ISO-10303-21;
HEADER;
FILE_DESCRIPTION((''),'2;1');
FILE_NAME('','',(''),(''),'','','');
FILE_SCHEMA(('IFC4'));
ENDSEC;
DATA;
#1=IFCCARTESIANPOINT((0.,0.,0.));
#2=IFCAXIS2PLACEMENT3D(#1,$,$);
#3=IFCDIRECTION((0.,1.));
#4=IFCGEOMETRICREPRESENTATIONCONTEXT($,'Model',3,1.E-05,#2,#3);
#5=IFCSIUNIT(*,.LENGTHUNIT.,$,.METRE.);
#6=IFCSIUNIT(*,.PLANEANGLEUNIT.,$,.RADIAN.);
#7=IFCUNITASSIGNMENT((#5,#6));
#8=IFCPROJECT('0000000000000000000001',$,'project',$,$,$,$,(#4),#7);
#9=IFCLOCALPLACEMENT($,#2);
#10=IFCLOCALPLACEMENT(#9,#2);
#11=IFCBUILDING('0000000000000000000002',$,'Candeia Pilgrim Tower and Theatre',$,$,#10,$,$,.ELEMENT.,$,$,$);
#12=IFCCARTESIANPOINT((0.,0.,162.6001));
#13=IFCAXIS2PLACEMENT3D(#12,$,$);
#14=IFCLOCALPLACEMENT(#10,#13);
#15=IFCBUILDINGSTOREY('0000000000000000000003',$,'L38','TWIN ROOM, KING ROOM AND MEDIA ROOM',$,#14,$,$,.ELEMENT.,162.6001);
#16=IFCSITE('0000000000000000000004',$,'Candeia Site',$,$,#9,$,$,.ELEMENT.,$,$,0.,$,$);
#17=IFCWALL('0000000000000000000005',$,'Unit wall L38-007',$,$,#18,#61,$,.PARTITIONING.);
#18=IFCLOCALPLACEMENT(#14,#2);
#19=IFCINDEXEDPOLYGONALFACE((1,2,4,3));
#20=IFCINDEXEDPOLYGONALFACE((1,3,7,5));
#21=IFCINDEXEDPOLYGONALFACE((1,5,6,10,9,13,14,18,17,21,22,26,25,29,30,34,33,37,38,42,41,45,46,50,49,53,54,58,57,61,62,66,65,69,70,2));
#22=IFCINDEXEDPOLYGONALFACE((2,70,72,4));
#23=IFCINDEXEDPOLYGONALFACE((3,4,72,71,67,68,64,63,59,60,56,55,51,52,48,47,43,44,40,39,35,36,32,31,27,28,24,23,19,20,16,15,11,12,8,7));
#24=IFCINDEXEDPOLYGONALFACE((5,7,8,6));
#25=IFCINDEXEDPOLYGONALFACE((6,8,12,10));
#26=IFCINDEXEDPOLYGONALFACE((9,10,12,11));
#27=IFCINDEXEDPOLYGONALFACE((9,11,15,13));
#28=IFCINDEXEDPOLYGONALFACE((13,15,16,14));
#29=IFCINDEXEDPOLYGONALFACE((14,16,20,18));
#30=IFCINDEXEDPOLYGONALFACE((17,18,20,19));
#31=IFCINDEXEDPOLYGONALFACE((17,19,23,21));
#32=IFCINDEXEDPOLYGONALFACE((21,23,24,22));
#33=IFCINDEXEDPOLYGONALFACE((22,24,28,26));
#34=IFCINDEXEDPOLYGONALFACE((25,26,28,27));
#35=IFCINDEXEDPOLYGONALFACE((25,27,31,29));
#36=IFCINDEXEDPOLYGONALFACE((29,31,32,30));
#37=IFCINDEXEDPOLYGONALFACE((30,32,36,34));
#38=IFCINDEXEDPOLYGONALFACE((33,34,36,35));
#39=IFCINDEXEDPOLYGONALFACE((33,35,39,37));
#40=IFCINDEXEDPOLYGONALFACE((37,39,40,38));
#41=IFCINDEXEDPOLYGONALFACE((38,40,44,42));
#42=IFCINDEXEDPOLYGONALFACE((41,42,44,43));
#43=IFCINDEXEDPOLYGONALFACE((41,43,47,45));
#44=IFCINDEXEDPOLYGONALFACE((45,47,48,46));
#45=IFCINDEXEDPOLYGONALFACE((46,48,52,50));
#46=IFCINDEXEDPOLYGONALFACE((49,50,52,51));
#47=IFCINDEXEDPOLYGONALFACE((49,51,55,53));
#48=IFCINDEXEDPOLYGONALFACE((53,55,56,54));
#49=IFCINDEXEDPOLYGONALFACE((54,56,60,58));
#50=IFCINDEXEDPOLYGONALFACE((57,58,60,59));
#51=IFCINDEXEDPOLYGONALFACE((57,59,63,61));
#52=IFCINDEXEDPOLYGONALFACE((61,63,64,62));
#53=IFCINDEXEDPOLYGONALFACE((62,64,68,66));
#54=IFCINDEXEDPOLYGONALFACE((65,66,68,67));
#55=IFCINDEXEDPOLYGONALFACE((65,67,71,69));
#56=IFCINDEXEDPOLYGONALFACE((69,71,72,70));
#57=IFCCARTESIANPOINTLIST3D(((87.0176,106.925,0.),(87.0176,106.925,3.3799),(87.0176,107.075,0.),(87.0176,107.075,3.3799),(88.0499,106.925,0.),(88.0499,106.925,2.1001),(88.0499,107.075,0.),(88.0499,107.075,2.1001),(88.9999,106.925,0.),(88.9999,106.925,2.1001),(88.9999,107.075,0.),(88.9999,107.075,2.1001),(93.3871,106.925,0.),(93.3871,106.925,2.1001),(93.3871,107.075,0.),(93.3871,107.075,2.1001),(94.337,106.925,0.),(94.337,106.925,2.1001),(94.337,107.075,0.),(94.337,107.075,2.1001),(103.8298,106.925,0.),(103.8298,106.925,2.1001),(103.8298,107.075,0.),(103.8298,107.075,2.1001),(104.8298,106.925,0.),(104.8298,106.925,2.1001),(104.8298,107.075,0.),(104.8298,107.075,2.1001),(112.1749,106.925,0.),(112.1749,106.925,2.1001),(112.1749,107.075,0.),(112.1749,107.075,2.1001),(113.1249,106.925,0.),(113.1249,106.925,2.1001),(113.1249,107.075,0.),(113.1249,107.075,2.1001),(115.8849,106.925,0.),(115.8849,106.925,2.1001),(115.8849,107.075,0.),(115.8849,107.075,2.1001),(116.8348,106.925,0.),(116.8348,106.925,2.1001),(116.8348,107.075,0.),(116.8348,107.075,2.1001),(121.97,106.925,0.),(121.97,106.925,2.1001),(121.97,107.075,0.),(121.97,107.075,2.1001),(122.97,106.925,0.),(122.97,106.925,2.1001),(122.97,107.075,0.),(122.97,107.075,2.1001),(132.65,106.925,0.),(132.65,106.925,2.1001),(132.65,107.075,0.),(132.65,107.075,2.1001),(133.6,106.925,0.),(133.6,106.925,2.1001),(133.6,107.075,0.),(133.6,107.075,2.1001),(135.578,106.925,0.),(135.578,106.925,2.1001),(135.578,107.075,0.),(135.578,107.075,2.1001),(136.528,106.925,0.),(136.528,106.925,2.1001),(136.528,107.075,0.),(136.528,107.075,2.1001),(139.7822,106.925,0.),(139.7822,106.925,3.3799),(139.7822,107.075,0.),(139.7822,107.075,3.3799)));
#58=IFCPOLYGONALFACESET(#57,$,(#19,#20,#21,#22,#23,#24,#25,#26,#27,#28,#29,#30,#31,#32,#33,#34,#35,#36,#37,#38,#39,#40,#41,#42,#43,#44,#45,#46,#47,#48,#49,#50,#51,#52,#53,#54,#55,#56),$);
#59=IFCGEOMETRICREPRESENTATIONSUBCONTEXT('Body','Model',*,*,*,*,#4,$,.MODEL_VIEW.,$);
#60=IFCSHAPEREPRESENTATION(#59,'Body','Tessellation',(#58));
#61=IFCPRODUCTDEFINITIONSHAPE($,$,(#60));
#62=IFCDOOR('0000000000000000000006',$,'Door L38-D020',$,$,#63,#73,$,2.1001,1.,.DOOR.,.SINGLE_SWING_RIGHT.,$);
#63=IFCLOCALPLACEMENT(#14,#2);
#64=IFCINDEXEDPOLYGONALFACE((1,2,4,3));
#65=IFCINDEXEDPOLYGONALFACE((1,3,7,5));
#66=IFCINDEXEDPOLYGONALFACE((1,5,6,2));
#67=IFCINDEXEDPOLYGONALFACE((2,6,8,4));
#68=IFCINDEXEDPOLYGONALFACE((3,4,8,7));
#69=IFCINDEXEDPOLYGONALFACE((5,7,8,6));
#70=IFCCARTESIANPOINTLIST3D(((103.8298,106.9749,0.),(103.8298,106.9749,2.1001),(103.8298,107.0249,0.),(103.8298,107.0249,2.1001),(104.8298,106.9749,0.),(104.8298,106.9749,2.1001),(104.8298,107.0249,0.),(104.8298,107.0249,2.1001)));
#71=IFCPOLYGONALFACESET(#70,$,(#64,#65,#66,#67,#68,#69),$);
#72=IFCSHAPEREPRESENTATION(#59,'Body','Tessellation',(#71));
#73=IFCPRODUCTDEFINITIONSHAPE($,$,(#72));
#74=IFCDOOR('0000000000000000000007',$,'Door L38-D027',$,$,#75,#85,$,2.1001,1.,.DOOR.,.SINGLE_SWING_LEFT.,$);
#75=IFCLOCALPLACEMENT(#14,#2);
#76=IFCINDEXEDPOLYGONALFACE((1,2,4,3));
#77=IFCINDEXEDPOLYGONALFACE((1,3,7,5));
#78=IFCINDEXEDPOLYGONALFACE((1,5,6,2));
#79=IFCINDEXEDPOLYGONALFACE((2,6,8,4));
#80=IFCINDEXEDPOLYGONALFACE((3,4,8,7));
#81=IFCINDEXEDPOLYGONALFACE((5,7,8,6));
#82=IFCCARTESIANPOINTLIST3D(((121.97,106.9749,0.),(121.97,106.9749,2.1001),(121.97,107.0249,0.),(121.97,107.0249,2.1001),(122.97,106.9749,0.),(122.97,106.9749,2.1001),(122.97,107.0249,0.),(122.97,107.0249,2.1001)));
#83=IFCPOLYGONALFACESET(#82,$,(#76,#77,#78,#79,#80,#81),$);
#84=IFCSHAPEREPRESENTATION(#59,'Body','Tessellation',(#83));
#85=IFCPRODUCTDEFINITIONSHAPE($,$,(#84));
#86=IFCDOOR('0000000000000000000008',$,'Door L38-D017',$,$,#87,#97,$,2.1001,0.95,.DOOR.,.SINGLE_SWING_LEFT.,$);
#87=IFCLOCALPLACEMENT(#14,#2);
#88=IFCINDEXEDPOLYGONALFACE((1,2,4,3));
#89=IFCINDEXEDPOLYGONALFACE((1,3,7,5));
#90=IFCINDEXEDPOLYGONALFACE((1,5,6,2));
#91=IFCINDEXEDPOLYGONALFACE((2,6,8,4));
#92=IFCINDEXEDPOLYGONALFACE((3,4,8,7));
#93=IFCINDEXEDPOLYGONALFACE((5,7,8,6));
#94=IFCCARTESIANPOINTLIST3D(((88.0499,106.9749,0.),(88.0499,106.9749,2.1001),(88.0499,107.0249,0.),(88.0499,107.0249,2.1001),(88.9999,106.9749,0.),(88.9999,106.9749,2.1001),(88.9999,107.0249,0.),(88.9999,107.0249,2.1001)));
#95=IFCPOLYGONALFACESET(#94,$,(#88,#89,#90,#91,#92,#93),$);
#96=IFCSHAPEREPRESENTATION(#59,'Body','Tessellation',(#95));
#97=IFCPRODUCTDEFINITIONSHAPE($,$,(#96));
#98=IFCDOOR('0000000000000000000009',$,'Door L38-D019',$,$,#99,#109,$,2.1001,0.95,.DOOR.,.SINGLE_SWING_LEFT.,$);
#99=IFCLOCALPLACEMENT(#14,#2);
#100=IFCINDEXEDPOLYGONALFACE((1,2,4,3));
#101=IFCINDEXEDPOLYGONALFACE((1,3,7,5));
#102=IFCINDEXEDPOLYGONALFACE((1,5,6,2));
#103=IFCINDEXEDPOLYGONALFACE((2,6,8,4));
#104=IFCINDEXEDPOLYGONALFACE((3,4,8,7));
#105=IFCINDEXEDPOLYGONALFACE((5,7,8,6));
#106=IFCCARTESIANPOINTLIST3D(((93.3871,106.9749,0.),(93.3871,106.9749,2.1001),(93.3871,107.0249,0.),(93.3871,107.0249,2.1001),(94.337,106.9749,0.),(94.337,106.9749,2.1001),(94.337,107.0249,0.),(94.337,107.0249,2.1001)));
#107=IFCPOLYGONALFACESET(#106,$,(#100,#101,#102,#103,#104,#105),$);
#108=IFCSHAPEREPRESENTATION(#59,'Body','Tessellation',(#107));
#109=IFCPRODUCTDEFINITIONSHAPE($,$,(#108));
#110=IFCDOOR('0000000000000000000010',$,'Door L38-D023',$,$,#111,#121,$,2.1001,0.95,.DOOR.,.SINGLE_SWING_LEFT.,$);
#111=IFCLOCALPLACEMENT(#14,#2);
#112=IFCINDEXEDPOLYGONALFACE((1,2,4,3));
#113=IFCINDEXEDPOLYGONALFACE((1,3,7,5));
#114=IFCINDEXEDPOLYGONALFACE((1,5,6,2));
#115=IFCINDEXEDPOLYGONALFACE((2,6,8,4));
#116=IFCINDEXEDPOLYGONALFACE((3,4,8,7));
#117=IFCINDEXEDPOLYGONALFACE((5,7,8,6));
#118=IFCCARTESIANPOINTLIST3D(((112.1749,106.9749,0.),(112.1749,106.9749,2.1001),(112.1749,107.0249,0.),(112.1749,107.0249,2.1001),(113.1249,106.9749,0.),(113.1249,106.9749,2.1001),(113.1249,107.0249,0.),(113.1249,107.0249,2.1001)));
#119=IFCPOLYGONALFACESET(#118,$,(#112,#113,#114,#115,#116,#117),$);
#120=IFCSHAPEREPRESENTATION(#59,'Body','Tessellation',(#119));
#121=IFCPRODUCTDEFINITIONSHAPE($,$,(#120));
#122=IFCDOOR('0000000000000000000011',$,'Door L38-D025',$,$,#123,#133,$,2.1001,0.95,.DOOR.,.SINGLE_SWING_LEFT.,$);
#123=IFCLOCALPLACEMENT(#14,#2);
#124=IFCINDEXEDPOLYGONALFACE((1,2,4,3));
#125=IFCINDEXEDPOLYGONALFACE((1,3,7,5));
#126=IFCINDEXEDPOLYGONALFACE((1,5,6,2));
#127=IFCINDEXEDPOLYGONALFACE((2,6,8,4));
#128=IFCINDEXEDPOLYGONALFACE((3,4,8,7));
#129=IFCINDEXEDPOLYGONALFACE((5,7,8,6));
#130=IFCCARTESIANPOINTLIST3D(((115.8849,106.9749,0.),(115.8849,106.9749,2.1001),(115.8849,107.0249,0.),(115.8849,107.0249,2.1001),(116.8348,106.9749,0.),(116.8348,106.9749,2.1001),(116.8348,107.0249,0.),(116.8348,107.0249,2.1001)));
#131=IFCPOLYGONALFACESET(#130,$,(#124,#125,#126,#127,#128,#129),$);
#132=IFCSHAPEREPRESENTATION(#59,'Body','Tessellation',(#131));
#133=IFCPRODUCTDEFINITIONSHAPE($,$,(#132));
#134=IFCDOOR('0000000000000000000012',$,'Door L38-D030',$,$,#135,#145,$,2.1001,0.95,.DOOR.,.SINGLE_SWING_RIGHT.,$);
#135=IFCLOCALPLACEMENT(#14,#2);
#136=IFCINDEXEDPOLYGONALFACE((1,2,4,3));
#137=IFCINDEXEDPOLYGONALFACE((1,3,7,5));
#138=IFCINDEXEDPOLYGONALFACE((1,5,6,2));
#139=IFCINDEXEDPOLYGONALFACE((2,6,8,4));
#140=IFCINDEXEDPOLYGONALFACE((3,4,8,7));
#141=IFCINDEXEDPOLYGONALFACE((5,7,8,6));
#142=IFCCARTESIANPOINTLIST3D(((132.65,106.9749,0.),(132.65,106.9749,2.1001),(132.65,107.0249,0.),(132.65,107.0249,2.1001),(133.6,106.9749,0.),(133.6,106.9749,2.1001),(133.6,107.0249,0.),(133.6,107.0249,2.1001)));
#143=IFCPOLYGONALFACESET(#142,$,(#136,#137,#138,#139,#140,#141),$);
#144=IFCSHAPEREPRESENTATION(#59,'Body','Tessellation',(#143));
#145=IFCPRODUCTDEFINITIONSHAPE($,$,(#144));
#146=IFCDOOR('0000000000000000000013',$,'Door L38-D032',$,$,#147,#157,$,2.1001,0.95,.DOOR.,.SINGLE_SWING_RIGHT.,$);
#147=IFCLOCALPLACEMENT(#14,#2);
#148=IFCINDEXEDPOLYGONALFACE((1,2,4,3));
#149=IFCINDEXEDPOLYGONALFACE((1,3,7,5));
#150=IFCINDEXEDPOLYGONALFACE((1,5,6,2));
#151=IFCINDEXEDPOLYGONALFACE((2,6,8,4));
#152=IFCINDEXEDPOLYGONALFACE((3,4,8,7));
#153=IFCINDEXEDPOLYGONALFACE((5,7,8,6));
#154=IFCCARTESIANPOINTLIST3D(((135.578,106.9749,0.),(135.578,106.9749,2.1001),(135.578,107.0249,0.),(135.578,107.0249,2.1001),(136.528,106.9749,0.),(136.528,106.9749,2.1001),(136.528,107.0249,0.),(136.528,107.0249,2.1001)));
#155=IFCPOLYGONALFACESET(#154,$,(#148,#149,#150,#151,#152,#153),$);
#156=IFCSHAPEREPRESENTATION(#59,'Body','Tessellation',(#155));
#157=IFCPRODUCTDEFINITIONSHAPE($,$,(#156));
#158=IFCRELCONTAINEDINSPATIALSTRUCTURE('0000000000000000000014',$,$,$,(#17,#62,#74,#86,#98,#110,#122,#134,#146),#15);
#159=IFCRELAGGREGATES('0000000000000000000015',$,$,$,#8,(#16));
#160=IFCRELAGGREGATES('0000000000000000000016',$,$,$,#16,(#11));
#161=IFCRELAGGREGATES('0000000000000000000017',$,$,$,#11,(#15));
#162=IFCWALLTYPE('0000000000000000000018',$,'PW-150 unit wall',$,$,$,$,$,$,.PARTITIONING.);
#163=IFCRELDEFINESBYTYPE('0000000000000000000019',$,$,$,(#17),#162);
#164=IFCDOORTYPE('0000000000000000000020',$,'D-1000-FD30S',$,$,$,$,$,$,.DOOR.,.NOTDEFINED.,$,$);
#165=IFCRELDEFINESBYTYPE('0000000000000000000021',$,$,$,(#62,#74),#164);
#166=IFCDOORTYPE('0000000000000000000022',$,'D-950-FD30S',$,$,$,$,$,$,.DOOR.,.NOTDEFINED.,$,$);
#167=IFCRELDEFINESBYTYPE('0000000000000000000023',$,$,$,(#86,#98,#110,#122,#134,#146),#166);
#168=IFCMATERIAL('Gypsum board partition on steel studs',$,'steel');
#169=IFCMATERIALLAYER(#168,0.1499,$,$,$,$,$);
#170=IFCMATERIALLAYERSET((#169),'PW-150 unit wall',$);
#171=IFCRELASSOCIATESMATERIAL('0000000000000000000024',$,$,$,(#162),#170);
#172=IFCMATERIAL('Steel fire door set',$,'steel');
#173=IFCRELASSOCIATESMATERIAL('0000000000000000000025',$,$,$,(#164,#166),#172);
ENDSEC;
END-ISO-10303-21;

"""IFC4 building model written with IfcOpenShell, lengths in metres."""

from ifc_helpers import new_model, si_unit, direction, frame, frame_2d, origin, place, context, subcontext, project, spatial, rectangle, extrude, material, layer, layer_set, type_object, element, fill, save


model = new_model("IFC4")

# Units and contexts
model_context = context("Model", 3, precision=1e-05, world=origin(), true_north=direction((0.0, 1.0)))
body_context = subcontext(model_context, "Body", "Model", "MODEL_VIEW")
ifc_project = project(units=[si_unit("LENGTHUNIT", "METRE"), si_unit("PLANEANGLEUNIT", "RADIAN")], contexts=[model_context])

# Site, building, storey
site_placement = place(None, origin())
site = spatial("IfcSite", under=ifc_project, at=site_placement, Name="Candeia Site", CompositionType="ELEMENT", RefElevation=0.0)
building_placement = place(site_placement, origin())
building = spatial("IfcBuilding", under=site, at=building_placement, Name="Candeia Pilgrim Tower and Theatre", CompositionType="ELEMENT")
storey_placement = place(building_placement, frame((0.0, 0.0, 162.6001)))
storey = spatial("IfcBuildingStorey", under=building, at=storey_placement, Name="L38", Description="TWIN ROOM, KING ROOM AND MEDIA ROOM", CompositionType="ELEMENT", Elevation=162.6001)

# Shared definitions
ifc_material_1 = material(Name="Gypsum board partition on steel studs", Category="steel")

# Wall, openings, doors
ifc_layer_1 = layer(ifc_material_1, 0.1499)
ifc_layer_set_1 = layer_set([ifc_layer_1], Name="PW-150 unit wall")
wall_type_1 = type_object("IfcWallType", Name="PW-150 unit wall", PredefinedType="PARTITIONING", material=ifc_layer_set_1)
wall_1_placement = place(storey_placement, frame((87.0176, 107.0, 0.0), z_axis=(0.0, 0.0, 1.0), x_axis=(1.0, 0.0, 0.0)))
wall_1 = element("IfcWall", 1, at=wall_1_placement, inside=storey, type_object=wall_type_1, Name="Unit wall L38-007", PredefinedType="PARTITIONING", context=body_context, shape_type="SweptSolid", body=[
    extrude(rectangle(XDim=52.7646, YDim=0.1499, at=frame_2d((26.3823, 0.0))), origin(), (0.0, 0.0, 1.0), 3.3799),
])
opening_1_placement = place(wall_1_placement, frame((1.0322, 0.0, 0.0)))
opening_1 = element("IfcOpeningElement", 2, at=opening_1_placement, cuts=wall_1, PredefinedType="OPENING", context=body_context, shape_type="SweptSolid", body=[
    extrude(rectangle(XDim=0.95, YDim=2.1001, at=frame_2d((0.4751, 1.05))), frame((0.0, 0.085, 0.0), z_axis=(0.0, -1.0, 0.0), x_axis=(1.0, 0.0, 0.0)), (0.0, 0.0, 1.0), 0.1699),
])
opening_2_placement = place(wall_1_placement, frame((6.3694, 0.0, 0.0)))
opening_2 = element("IfcOpeningElement", 3, at=opening_2_placement, cuts=wall_1, PredefinedType="OPENING", context=body_context, shape_type="SweptSolid", body=[
    extrude(rectangle(XDim=0.95, YDim=2.1001, at=frame_2d((0.4751, 1.05))), frame((0.0, 0.085, 0.0), z_axis=(0.0, -1.0, 0.0), x_axis=(1.0, 0.0, 0.0)), (0.0, 0.0, 1.0), 0.1699),
])
opening_3_placement = place(wall_1_placement, frame((16.8123, 0.0, 0.0)))
opening_3 = element("IfcOpeningElement", 4, at=opening_3_placement, cuts=wall_1, PredefinedType="OPENING", context=body_context, shape_type="SweptSolid", body=[
    extrude(rectangle(XDim=1.0, YDim=2.1001, at=frame_2d((0.5, 1.05))), frame((0.0, 0.085, 0.0), z_axis=(0.0, -1.0, 0.0), x_axis=(1.0, 0.0, 0.0)), (0.0, 0.0, 1.0), 0.1699),
])
opening_4_placement = place(wall_1_placement, frame((25.1572, 0.0, 0.0)))
opening_4 = element("IfcOpeningElement", 5, at=opening_4_placement, cuts=wall_1, PredefinedType="OPENING", context=body_context, shape_type="SweptSolid", body=[
    extrude(rectangle(XDim=0.95, YDim=2.1001, at=frame_2d((0.4751, 1.05))), frame((0.0, 0.085, 0.0), z_axis=(0.0, -1.0, 0.0), x_axis=(1.0, 0.0, 0.0)), (0.0, 0.0, 1.0), 0.1699),
])
opening_5_placement = place(wall_1_placement, frame((28.8672, 0.0, 0.0)))
opening_5 = element("IfcOpeningElement", 6, at=opening_5_placement, cuts=wall_1, PredefinedType="OPENING", context=body_context, shape_type="SweptSolid", body=[
    extrude(rectangle(XDim=0.95, YDim=2.1001, at=frame_2d((0.4751, 1.05))), frame((0.0, 0.085, 0.0), z_axis=(0.0, -1.0, 0.0), x_axis=(1.0, 0.0, 0.0)), (0.0, 0.0, 1.0), 0.1699),
])
opening_6_placement = place(wall_1_placement, frame((34.9524, 0.0, 0.0)))
opening_6 = element("IfcOpeningElement", 7, at=opening_6_placement, cuts=wall_1, PredefinedType="OPENING", context=body_context, shape_type="SweptSolid", body=[
    extrude(rectangle(XDim=1.0, YDim=2.1001, at=frame_2d((0.5, 1.05))), frame((0.0, 0.085, 0.0), z_axis=(0.0, -1.0, 0.0), x_axis=(1.0, 0.0, 0.0)), (0.0, 0.0, 1.0), 0.1699),
])
opening_7_placement = place(wall_1_placement, frame((45.6323, 0.0, 0.0)))
opening_7 = element("IfcOpeningElement", 8, at=opening_7_placement, cuts=wall_1, PredefinedType="OPENING", context=body_context, shape_type="SweptSolid", body=[
    extrude(rectangle(XDim=0.95, YDim=2.1001, at=frame_2d((0.4751, 1.05))), frame((0.0, 0.085, 0.0), z_axis=(0.0, -1.0, 0.0), x_axis=(1.0, 0.0, 0.0)), (0.0, 0.0, 1.0), 0.1699),
])
opening_8_placement = place(wall_1_placement, frame((48.5603, 0.0, 0.0)))
opening_8 = element("IfcOpeningElement", 9, at=opening_8_placement, cuts=wall_1, PredefinedType="OPENING", context=body_context, shape_type="SweptSolid", body=[
    extrude(rectangle(XDim=0.95, YDim=2.1001, at=frame_2d((0.4751, 1.05))), frame((0.0, 0.085, 0.0), z_axis=(0.0, -1.0, 0.0), x_axis=(1.0, 0.0, 0.0)), (0.0, 0.0, 1.0), 0.1699),
])
ifc_material_2 = material(Name="Steel fire door set", Category="steel")
door_type_1 = type_object("IfcDoorType", Name="D-1000-FD30S", OperationType="NOTDEFINED", PredefinedType="DOOR", material=ifc_material_2)
door_1_placement = place(opening_3_placement, origin())
door_1 = element("IfcDoor", 10, at=door_1_placement, inside=storey, type_object=door_type_1, Name="Door L38-D020", OperationType="SINGLE_SWING_RIGHT", OverallHeight=2.1001, OverallWidth=1.0, PredefinedType="DOOR", context=body_context, shape_type="SweptSolid", body=[
    extrude(rectangle(XDim=1.0, YDim=2.1001, at=frame_2d((0.5, 1.05))), frame((0.0, 0.0249, 0.0), z_axis=(0.0, -1.0, 0.0), x_axis=(1.0, 0.0, 0.0)), (0.0, 0.0, 1.0), 0.05),
])
fill(opening_3, door_1)
door_2_placement = place(opening_6_placement, origin())
door_2 = element("IfcDoor", 11, at=door_2_placement, inside=storey, type_object=door_type_1, Name="Door L38-D027", OperationType="SINGLE_SWING_LEFT", OverallHeight=2.1001, OverallWidth=1.0, PredefinedType="DOOR", context=body_context, shape_type="SweptSolid", body=[
    extrude(rectangle(XDim=1.0, YDim=2.1001, at=frame_2d((0.5, 1.05))), frame((0.0, 0.0249, 0.0), z_axis=(0.0, -1.0, 0.0), x_axis=(1.0, 0.0, 0.0)), (0.0, 0.0, 1.0), 0.05),
])
fill(opening_6, door_2)
door_type_2 = type_object("IfcDoorType", Name="D-950-FD30S", OperationType="NOTDEFINED", PredefinedType="DOOR", material=ifc_material_2)
door_3_placement = place(opening_1_placement, origin())
door_3 = element("IfcDoor", 12, at=door_3_placement, inside=storey, type_object=door_type_2, Name="Door L38-D017", OperationType="SINGLE_SWING_LEFT", OverallHeight=2.1001, OverallWidth=0.95, PredefinedType="DOOR", context=body_context, shape_type="SweptSolid", body=[
    extrude(rectangle(XDim=0.95, YDim=2.1001, at=frame_2d((0.4751, 1.05))), frame((0.0, 0.0249, 0.0), z_axis=(0.0, -1.0, 0.0), x_axis=(1.0, 0.0, 0.0)), (0.0, 0.0, 1.0), 0.05),
])
fill(opening_1, door_3)
door_4_placement = place(opening_2_placement, origin())
door_4 = element("IfcDoor", 13, at=door_4_placement, inside=storey, type_object=door_type_2, Name="Door L38-D019", OperationType="SINGLE_SWING_LEFT", OverallHeight=2.1001, OverallWidth=0.95, PredefinedType="DOOR", context=body_context, shape_type="SweptSolid", body=[
    extrude(rectangle(XDim=0.95, YDim=2.1001, at=frame_2d((0.4751, 1.05))), frame((0.0, 0.0249, 0.0), z_axis=(0.0, -1.0, 0.0), x_axis=(1.0, 0.0, 0.0)), (0.0, 0.0, 1.0), 0.05),
])
fill(opening_2, door_4)
door_5_placement = place(opening_4_placement, origin())
door_5 = element("IfcDoor", 14, at=door_5_placement, inside=storey, type_object=door_type_2, Name="Door L38-D023", OperationType="SINGLE_SWING_LEFT", OverallHeight=2.1001, OverallWidth=0.95, PredefinedType="DOOR", context=body_context, shape_type="SweptSolid", body=[
    extrude(rectangle(XDim=0.95, YDim=2.1001, at=frame_2d((0.4751, 1.05))), frame((0.0, 0.0249, 0.0), z_axis=(0.0, -1.0, 0.0), x_axis=(1.0, 0.0, 0.0)), (0.0, 0.0, 1.0), 0.05),
])
fill(opening_4, door_5)
door_6_placement = place(opening_5_placement, origin())
door_6 = element("IfcDoor", 15, at=door_6_placement, inside=storey, type_object=door_type_2, Name="Door L38-D025", OperationType="SINGLE_SWING_LEFT", OverallHeight=2.1001, OverallWidth=0.95, PredefinedType="DOOR", context=body_context, shape_type="SweptSolid", body=[
    extrude(rectangle(XDim=0.95, YDim=2.1001, at=frame_2d((0.4751, 1.05))), frame((0.0, 0.0249, 0.0), z_axis=(0.0, -1.0, 0.0), x_axis=(1.0, 0.0, 0.0)), (0.0, 0.0, 1.0), 0.05),
])
fill(opening_5, door_6)
door_7_placement = place(opening_7_placement, origin())
door_7 = element("IfcDoor", 16, at=door_7_placement, inside=storey, type_object=door_type_2, Name="Door L38-D030", OperationType="SINGLE_SWING_RIGHT", OverallHeight=2.1001, OverallWidth=0.95, PredefinedType="DOOR", context=body_context, shape_type="SweptSolid", body=[
    extrude(rectangle(XDim=0.95, YDim=2.1001, at=frame_2d((0.4751, 1.05))), frame((0.0, 0.0249, 0.0), z_axis=(0.0, -1.0, 0.0), x_axis=(1.0, 0.0, 0.0)), (0.0, 0.0, 1.0), 0.05),
])
fill(opening_7, door_7)
door_8_placement = place(opening_8_placement, origin())
door_8 = element("IfcDoor", 17, at=door_8_placement, inside=storey, type_object=door_type_2, Name="Door L38-D032", OperationType="SINGLE_SWING_RIGHT", OverallHeight=2.1001, OverallWidth=0.95, PredefinedType="DOOR", context=body_context, shape_type="SweptSolid", body=[
    extrude(rectangle(XDim=0.95, YDim=2.1001, at=frame_2d((0.4751, 1.05))), frame((0.0, 0.0249, 0.0), z_axis=(0.0, -1.0, 0.0), x_axis=(1.0, 0.0, 0.0)), (0.0, 0.0, 1.0), 0.05),
])
fill(opening_8, door_8)

save(model, "model.ifc")
